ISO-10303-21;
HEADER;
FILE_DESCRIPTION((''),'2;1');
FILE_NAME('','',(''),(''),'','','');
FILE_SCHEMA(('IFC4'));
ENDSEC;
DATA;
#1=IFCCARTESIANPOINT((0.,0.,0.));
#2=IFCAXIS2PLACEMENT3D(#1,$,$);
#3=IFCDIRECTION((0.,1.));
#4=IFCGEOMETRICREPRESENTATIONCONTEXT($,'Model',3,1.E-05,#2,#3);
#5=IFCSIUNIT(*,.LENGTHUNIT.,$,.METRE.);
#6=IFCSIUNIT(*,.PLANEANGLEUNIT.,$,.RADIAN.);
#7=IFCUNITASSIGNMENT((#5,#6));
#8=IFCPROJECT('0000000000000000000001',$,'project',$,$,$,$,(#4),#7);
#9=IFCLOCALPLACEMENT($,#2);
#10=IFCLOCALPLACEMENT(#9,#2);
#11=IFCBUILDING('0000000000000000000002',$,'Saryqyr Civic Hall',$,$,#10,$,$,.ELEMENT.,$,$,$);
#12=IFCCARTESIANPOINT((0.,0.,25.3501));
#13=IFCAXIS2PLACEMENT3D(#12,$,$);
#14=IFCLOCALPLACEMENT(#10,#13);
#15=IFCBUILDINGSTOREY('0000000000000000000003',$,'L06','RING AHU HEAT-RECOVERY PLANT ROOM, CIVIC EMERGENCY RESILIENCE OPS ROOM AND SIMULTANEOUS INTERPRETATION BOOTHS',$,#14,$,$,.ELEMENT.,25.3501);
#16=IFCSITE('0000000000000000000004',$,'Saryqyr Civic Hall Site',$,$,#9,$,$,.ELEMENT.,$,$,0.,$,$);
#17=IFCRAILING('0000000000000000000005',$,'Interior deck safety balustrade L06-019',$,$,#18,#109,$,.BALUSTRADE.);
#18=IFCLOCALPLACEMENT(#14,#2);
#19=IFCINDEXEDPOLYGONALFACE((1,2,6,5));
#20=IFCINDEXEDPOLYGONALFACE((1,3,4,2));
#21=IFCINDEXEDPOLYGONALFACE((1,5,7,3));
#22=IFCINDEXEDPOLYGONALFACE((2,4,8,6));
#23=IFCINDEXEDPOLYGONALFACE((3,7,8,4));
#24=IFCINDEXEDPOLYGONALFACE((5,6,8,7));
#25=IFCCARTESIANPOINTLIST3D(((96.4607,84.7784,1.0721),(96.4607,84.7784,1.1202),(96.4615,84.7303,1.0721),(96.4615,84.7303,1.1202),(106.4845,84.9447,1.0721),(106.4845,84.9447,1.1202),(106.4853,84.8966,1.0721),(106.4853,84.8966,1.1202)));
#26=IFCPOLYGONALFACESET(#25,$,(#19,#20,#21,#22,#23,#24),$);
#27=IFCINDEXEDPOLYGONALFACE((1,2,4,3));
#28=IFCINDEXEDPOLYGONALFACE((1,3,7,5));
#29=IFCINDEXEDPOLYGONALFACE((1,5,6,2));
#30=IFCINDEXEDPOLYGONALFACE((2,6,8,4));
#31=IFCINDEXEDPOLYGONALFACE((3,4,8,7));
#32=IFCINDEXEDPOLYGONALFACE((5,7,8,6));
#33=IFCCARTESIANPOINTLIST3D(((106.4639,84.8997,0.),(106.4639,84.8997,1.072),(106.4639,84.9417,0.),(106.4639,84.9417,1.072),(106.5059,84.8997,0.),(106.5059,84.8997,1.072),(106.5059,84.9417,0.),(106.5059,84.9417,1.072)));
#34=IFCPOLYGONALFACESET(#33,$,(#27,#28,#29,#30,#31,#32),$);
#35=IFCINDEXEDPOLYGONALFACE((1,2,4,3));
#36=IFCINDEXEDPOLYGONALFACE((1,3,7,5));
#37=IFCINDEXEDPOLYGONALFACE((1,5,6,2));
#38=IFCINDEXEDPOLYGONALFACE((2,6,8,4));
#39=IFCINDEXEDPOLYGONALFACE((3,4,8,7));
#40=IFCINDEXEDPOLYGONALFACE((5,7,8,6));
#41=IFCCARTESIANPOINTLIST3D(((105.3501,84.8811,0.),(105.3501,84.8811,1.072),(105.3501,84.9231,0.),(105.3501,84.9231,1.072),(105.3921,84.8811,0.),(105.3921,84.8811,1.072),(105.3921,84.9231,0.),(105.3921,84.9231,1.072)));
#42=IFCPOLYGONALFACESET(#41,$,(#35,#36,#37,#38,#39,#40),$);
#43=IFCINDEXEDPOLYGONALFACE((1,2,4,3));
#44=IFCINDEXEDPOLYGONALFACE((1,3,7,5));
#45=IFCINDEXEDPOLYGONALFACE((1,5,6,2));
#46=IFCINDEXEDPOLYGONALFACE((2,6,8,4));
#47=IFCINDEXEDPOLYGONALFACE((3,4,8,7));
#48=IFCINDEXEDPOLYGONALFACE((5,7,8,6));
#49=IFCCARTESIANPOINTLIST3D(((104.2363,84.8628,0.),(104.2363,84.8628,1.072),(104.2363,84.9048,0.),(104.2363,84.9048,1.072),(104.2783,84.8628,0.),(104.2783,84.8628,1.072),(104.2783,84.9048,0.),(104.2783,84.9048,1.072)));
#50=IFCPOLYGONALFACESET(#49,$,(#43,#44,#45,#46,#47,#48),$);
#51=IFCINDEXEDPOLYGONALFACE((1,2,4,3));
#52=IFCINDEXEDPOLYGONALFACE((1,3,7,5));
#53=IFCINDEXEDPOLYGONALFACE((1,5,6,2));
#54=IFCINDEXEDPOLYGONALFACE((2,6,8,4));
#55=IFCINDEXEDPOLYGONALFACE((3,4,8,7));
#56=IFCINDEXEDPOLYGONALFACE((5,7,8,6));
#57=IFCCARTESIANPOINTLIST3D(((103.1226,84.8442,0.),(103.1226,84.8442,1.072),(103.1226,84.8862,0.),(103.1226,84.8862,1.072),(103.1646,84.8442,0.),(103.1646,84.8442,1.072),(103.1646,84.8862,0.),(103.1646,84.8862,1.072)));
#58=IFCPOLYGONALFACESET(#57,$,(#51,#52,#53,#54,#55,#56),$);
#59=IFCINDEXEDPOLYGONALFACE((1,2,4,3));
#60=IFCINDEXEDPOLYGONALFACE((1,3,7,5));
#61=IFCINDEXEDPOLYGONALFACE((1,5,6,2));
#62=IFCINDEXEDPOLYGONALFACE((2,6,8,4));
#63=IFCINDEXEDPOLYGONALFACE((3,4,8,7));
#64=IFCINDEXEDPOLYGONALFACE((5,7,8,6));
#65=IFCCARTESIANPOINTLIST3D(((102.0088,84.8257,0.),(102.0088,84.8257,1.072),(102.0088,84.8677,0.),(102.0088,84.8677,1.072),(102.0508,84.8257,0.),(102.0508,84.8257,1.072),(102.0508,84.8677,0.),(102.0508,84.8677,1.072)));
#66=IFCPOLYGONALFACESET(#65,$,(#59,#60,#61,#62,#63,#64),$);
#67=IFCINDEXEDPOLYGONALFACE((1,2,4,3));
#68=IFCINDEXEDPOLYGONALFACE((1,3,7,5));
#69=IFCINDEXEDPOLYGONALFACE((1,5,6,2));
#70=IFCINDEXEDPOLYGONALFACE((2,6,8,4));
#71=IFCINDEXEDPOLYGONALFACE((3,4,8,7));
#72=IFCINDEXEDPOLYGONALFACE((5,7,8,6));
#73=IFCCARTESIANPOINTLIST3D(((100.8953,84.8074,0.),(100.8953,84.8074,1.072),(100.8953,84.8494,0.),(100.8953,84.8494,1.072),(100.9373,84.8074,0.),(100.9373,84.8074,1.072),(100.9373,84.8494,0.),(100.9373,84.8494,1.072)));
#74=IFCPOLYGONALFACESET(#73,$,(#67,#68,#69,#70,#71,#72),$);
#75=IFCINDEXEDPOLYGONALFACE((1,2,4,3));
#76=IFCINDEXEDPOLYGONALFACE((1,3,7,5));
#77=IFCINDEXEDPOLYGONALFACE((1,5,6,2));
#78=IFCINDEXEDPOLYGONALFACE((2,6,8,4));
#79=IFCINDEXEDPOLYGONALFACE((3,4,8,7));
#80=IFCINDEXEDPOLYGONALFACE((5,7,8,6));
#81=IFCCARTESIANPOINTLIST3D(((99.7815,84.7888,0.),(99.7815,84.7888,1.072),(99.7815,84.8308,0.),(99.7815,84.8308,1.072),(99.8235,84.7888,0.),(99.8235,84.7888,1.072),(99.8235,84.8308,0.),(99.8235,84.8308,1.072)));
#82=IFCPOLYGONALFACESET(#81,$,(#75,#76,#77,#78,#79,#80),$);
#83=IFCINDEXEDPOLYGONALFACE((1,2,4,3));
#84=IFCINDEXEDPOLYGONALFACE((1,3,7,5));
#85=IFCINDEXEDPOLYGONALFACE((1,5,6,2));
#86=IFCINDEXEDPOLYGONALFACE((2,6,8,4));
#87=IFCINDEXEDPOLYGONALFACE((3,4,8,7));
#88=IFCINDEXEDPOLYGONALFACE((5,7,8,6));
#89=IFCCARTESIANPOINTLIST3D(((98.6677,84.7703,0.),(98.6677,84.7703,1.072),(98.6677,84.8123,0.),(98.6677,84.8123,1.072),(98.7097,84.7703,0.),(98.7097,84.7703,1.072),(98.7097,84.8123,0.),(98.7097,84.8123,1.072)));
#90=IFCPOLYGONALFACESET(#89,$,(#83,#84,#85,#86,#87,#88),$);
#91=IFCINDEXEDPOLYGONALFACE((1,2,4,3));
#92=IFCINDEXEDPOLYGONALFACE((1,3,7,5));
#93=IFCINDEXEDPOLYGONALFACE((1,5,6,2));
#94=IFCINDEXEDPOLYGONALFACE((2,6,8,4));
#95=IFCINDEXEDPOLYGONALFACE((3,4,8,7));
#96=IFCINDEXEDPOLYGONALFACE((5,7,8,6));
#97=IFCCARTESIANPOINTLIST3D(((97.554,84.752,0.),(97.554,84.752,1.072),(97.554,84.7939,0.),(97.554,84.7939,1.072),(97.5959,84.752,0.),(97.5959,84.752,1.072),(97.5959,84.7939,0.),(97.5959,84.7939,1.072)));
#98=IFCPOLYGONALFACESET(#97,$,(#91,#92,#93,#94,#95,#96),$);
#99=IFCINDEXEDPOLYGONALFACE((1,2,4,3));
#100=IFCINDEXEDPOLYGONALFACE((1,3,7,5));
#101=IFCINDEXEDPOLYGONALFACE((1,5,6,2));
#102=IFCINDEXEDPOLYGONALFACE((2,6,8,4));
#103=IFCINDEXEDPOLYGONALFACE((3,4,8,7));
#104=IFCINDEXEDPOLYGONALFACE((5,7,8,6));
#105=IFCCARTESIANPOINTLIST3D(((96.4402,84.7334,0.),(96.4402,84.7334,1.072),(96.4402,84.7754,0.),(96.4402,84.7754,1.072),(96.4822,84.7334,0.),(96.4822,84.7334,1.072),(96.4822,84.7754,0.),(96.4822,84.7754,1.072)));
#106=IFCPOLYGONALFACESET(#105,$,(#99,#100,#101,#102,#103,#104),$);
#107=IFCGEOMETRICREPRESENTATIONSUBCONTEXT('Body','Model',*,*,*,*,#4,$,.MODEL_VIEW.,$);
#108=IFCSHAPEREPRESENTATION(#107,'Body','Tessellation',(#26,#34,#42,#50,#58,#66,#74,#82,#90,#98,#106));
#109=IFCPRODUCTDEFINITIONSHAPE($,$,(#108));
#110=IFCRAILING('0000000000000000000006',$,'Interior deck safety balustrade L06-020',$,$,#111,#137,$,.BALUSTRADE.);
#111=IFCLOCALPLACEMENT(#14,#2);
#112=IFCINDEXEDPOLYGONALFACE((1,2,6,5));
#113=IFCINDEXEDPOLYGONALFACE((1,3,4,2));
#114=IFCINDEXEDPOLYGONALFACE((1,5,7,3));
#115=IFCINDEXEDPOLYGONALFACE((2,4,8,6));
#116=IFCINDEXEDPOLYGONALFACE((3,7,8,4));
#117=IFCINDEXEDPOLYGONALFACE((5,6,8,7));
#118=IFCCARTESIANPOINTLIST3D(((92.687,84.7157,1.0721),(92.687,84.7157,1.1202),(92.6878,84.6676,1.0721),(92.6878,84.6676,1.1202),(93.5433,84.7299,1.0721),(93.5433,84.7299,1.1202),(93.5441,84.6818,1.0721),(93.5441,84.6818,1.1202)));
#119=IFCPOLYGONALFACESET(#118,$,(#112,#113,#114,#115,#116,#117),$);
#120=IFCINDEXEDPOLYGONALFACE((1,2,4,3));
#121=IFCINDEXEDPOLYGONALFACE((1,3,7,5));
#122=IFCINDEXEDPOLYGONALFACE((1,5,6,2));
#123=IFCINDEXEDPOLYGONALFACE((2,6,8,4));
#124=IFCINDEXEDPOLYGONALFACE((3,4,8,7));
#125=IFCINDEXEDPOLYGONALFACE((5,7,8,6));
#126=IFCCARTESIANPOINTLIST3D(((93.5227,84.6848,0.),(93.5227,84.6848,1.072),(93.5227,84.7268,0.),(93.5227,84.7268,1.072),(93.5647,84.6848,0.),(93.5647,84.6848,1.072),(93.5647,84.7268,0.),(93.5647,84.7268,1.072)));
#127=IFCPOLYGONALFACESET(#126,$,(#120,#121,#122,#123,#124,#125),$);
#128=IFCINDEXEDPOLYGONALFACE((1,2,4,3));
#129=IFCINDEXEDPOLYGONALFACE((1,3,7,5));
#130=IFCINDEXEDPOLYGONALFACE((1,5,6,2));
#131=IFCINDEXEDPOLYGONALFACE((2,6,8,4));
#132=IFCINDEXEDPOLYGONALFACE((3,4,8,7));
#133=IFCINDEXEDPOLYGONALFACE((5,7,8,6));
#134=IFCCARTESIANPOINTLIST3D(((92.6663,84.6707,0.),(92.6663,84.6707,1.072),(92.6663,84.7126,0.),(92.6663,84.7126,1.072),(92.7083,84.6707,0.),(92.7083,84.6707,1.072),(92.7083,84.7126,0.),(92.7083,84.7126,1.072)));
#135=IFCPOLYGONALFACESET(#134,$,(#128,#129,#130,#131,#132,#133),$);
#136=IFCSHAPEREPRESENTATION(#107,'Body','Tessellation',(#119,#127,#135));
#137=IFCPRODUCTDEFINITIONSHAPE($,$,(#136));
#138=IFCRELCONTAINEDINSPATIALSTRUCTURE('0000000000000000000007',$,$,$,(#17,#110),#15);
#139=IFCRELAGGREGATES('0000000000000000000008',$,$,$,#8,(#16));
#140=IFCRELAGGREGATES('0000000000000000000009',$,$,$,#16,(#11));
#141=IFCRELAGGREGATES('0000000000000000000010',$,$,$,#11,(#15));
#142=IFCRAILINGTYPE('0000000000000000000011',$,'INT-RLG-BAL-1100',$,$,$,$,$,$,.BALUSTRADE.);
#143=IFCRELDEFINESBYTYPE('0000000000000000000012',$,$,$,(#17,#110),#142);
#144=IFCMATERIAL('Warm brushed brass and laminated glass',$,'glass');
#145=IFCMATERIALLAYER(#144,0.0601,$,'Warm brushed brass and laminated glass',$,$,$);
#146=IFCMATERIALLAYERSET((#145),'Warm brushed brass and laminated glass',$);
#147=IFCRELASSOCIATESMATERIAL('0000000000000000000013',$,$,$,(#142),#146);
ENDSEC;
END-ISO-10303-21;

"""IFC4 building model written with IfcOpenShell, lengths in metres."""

from ifc_helpers import new_model, si_unit, direction, frame, origin, origin_2d, place, context, subcontext, project, spatial, rectangle, extrude, material, layer, layer_set, type_object, element, save


model = new_model("IFC4")

# Units and contexts
model_context = context("Model", 3, precision=1e-05, world=origin(), true_north=direction((0.0, 1.0)))
body_context = subcontext(model_context, "Body", "Model", "MODEL_VIEW")
ifc_project = project(units=[si_unit("LENGTHUNIT", "METRE"), si_unit("PLANEANGLEUNIT", "RADIAN")], contexts=[model_context])

# Site, building, storey
site_placement = place(None, origin())
site = spatial("IfcSite", under=ifc_project, at=site_placement, Name="Saryqyr Civic Hall Site", CompositionType="ELEMENT", RefElevation=0.0)
building_placement = place(site_placement, origin())
building = spatial("IfcBuilding", under=site, at=building_placement, Name="Saryqyr Civic Hall", CompositionType="ELEMENT")
storey_placement = place(building_placement, frame((0.0, 0.0, 25.3501)))
storey = spatial("IfcBuildingStorey", under=building, at=storey_placement, Name="L06", Description="RING AHU HEAT-RECOVERY PLANT ROOM, CIVIC EMERGENCY RESILIENCE OPS ROOM AND SIMULTANEOUS INTERPRETATION BOOTHS", CompositionType="ELEMENT", Elevation=25.3501)

# Railings
ifc_material_1 = material(Name="Warm brushed brass and laminated glass", Category="glass")
ifc_layer_1 = layer(ifc_material_1, 0.0601, Name="Warm brushed brass and laminated glass")
ifc_layer_set_1 = layer_set([ifc_layer_1], Name="Warm brushed brass and laminated glass")
railing_type = type_object("IfcRailingType", Name="INT-RLG-BAL-1100", PredefinedType="BALUSTRADE", material=ifc_layer_set_1)
railing_1_placement = place(storey_placement, frame((106.4849, 84.9207, 0.0)))
element("IfcRailing", 1, at=railing_1_placement, inside=storey, type_object=railing_type, Name="Interior deck safety balustrade L06-019", PredefinedType="BALUSTRADE", context=body_context, shape_type="SweptSolid", body=[
    extrude(rectangle(XDim=0.0481, YDim=0.0481, at=origin_2d()), frame((0.0, 0.0, 1.0962), z_axis=(-0.999862, -0.016584, 0.0), x_axis=(0.016584, -0.999862, 0.0)), (0.0, 0.0, 1.0), 10.0251),
    extrude(rectangle(XDim=0.042, YDim=0.042, at=origin_2d()), origin(), (0.0, 0.0, 1.0), 1.072),
    extrude(rectangle(XDim=0.042, YDim=0.042, at=origin_2d()), frame((-1.1138, -0.0186, 0.0)), (0.0, 0.0, 1.0), 1.072),
    extrude(rectangle(XDim=0.042, YDim=0.042, at=origin_2d()), frame((-2.2275, -0.0369, 0.0)), (0.0, 0.0, 1.0), 1.072),
    extrude(rectangle(XDim=0.042, YDim=0.042, at=origin_2d()), frame((-3.3413, -0.0554, 0.0)), (0.0, 0.0, 1.0), 1.072),
    extrude(rectangle(XDim=0.042, YDim=0.042, at=origin_2d()), frame((-4.4551, -0.074, 0.0)), (0.0, 0.0, 1.0), 1.072),
    extrude(rectangle(XDim=0.042, YDim=0.042, at=origin_2d()), frame((-5.5686, -0.0923, 0.0)), (0.0, 0.0, 1.0), 1.072),
    extrude(rectangle(XDim=0.042, YDim=0.042, at=origin_2d()), frame((-6.6824, -0.1108, 0.0)), (0.0, 0.0, 1.0), 1.072),
    extrude(rectangle(XDim=0.042, YDim=0.042, at=origin_2d()), frame((-7.7961, -0.1294, 0.0)), (0.0, 0.0, 1.0), 1.072),
    extrude(rectangle(XDim=0.042, YDim=0.042, at=origin_2d()), frame((-8.9099, -0.1477, 0.0)), (0.0, 0.0, 1.0), 1.072),
    extrude(rectangle(XDim=0.042, YDim=0.042, at=origin_2d()), frame((-10.0237, -0.1663, 0.0)), (0.0, 0.0, 1.0), 1.072),
])
railing_2_placement = place(storey_placement, frame((93.5437, 84.7058, 0.0)))
element("IfcRailing", 2, at=railing_2_placement, inside=storey, type_object=railing_type, Name="Interior deck safety balustrade L06-020", PredefinedType="BALUSTRADE", context=body_context, shape_type="SweptSolid", body=[
    extrude(rectangle(XDim=0.0481, YDim=0.0481, at=origin_2d()), frame((0.0, 0.0, 1.0962), z_axis=(-0.999863, -0.016531, 0.0), x_axis=(0.016531, -0.999863, 0.0)), (0.0, 0.0, 1.0), 0.8564),
    extrude(rectangle(XDim=0.042, YDim=0.042, at=origin_2d()), origin(), (0.0, 0.0, 1.0), 1.072),
    extrude(rectangle(XDim=0.042, YDim=0.042, at=origin_2d()), frame((-0.8564, -0.0142, 0.0)), (0.0, 0.0, 1.0), 1.072),
])

save(model, "model.ifc")
